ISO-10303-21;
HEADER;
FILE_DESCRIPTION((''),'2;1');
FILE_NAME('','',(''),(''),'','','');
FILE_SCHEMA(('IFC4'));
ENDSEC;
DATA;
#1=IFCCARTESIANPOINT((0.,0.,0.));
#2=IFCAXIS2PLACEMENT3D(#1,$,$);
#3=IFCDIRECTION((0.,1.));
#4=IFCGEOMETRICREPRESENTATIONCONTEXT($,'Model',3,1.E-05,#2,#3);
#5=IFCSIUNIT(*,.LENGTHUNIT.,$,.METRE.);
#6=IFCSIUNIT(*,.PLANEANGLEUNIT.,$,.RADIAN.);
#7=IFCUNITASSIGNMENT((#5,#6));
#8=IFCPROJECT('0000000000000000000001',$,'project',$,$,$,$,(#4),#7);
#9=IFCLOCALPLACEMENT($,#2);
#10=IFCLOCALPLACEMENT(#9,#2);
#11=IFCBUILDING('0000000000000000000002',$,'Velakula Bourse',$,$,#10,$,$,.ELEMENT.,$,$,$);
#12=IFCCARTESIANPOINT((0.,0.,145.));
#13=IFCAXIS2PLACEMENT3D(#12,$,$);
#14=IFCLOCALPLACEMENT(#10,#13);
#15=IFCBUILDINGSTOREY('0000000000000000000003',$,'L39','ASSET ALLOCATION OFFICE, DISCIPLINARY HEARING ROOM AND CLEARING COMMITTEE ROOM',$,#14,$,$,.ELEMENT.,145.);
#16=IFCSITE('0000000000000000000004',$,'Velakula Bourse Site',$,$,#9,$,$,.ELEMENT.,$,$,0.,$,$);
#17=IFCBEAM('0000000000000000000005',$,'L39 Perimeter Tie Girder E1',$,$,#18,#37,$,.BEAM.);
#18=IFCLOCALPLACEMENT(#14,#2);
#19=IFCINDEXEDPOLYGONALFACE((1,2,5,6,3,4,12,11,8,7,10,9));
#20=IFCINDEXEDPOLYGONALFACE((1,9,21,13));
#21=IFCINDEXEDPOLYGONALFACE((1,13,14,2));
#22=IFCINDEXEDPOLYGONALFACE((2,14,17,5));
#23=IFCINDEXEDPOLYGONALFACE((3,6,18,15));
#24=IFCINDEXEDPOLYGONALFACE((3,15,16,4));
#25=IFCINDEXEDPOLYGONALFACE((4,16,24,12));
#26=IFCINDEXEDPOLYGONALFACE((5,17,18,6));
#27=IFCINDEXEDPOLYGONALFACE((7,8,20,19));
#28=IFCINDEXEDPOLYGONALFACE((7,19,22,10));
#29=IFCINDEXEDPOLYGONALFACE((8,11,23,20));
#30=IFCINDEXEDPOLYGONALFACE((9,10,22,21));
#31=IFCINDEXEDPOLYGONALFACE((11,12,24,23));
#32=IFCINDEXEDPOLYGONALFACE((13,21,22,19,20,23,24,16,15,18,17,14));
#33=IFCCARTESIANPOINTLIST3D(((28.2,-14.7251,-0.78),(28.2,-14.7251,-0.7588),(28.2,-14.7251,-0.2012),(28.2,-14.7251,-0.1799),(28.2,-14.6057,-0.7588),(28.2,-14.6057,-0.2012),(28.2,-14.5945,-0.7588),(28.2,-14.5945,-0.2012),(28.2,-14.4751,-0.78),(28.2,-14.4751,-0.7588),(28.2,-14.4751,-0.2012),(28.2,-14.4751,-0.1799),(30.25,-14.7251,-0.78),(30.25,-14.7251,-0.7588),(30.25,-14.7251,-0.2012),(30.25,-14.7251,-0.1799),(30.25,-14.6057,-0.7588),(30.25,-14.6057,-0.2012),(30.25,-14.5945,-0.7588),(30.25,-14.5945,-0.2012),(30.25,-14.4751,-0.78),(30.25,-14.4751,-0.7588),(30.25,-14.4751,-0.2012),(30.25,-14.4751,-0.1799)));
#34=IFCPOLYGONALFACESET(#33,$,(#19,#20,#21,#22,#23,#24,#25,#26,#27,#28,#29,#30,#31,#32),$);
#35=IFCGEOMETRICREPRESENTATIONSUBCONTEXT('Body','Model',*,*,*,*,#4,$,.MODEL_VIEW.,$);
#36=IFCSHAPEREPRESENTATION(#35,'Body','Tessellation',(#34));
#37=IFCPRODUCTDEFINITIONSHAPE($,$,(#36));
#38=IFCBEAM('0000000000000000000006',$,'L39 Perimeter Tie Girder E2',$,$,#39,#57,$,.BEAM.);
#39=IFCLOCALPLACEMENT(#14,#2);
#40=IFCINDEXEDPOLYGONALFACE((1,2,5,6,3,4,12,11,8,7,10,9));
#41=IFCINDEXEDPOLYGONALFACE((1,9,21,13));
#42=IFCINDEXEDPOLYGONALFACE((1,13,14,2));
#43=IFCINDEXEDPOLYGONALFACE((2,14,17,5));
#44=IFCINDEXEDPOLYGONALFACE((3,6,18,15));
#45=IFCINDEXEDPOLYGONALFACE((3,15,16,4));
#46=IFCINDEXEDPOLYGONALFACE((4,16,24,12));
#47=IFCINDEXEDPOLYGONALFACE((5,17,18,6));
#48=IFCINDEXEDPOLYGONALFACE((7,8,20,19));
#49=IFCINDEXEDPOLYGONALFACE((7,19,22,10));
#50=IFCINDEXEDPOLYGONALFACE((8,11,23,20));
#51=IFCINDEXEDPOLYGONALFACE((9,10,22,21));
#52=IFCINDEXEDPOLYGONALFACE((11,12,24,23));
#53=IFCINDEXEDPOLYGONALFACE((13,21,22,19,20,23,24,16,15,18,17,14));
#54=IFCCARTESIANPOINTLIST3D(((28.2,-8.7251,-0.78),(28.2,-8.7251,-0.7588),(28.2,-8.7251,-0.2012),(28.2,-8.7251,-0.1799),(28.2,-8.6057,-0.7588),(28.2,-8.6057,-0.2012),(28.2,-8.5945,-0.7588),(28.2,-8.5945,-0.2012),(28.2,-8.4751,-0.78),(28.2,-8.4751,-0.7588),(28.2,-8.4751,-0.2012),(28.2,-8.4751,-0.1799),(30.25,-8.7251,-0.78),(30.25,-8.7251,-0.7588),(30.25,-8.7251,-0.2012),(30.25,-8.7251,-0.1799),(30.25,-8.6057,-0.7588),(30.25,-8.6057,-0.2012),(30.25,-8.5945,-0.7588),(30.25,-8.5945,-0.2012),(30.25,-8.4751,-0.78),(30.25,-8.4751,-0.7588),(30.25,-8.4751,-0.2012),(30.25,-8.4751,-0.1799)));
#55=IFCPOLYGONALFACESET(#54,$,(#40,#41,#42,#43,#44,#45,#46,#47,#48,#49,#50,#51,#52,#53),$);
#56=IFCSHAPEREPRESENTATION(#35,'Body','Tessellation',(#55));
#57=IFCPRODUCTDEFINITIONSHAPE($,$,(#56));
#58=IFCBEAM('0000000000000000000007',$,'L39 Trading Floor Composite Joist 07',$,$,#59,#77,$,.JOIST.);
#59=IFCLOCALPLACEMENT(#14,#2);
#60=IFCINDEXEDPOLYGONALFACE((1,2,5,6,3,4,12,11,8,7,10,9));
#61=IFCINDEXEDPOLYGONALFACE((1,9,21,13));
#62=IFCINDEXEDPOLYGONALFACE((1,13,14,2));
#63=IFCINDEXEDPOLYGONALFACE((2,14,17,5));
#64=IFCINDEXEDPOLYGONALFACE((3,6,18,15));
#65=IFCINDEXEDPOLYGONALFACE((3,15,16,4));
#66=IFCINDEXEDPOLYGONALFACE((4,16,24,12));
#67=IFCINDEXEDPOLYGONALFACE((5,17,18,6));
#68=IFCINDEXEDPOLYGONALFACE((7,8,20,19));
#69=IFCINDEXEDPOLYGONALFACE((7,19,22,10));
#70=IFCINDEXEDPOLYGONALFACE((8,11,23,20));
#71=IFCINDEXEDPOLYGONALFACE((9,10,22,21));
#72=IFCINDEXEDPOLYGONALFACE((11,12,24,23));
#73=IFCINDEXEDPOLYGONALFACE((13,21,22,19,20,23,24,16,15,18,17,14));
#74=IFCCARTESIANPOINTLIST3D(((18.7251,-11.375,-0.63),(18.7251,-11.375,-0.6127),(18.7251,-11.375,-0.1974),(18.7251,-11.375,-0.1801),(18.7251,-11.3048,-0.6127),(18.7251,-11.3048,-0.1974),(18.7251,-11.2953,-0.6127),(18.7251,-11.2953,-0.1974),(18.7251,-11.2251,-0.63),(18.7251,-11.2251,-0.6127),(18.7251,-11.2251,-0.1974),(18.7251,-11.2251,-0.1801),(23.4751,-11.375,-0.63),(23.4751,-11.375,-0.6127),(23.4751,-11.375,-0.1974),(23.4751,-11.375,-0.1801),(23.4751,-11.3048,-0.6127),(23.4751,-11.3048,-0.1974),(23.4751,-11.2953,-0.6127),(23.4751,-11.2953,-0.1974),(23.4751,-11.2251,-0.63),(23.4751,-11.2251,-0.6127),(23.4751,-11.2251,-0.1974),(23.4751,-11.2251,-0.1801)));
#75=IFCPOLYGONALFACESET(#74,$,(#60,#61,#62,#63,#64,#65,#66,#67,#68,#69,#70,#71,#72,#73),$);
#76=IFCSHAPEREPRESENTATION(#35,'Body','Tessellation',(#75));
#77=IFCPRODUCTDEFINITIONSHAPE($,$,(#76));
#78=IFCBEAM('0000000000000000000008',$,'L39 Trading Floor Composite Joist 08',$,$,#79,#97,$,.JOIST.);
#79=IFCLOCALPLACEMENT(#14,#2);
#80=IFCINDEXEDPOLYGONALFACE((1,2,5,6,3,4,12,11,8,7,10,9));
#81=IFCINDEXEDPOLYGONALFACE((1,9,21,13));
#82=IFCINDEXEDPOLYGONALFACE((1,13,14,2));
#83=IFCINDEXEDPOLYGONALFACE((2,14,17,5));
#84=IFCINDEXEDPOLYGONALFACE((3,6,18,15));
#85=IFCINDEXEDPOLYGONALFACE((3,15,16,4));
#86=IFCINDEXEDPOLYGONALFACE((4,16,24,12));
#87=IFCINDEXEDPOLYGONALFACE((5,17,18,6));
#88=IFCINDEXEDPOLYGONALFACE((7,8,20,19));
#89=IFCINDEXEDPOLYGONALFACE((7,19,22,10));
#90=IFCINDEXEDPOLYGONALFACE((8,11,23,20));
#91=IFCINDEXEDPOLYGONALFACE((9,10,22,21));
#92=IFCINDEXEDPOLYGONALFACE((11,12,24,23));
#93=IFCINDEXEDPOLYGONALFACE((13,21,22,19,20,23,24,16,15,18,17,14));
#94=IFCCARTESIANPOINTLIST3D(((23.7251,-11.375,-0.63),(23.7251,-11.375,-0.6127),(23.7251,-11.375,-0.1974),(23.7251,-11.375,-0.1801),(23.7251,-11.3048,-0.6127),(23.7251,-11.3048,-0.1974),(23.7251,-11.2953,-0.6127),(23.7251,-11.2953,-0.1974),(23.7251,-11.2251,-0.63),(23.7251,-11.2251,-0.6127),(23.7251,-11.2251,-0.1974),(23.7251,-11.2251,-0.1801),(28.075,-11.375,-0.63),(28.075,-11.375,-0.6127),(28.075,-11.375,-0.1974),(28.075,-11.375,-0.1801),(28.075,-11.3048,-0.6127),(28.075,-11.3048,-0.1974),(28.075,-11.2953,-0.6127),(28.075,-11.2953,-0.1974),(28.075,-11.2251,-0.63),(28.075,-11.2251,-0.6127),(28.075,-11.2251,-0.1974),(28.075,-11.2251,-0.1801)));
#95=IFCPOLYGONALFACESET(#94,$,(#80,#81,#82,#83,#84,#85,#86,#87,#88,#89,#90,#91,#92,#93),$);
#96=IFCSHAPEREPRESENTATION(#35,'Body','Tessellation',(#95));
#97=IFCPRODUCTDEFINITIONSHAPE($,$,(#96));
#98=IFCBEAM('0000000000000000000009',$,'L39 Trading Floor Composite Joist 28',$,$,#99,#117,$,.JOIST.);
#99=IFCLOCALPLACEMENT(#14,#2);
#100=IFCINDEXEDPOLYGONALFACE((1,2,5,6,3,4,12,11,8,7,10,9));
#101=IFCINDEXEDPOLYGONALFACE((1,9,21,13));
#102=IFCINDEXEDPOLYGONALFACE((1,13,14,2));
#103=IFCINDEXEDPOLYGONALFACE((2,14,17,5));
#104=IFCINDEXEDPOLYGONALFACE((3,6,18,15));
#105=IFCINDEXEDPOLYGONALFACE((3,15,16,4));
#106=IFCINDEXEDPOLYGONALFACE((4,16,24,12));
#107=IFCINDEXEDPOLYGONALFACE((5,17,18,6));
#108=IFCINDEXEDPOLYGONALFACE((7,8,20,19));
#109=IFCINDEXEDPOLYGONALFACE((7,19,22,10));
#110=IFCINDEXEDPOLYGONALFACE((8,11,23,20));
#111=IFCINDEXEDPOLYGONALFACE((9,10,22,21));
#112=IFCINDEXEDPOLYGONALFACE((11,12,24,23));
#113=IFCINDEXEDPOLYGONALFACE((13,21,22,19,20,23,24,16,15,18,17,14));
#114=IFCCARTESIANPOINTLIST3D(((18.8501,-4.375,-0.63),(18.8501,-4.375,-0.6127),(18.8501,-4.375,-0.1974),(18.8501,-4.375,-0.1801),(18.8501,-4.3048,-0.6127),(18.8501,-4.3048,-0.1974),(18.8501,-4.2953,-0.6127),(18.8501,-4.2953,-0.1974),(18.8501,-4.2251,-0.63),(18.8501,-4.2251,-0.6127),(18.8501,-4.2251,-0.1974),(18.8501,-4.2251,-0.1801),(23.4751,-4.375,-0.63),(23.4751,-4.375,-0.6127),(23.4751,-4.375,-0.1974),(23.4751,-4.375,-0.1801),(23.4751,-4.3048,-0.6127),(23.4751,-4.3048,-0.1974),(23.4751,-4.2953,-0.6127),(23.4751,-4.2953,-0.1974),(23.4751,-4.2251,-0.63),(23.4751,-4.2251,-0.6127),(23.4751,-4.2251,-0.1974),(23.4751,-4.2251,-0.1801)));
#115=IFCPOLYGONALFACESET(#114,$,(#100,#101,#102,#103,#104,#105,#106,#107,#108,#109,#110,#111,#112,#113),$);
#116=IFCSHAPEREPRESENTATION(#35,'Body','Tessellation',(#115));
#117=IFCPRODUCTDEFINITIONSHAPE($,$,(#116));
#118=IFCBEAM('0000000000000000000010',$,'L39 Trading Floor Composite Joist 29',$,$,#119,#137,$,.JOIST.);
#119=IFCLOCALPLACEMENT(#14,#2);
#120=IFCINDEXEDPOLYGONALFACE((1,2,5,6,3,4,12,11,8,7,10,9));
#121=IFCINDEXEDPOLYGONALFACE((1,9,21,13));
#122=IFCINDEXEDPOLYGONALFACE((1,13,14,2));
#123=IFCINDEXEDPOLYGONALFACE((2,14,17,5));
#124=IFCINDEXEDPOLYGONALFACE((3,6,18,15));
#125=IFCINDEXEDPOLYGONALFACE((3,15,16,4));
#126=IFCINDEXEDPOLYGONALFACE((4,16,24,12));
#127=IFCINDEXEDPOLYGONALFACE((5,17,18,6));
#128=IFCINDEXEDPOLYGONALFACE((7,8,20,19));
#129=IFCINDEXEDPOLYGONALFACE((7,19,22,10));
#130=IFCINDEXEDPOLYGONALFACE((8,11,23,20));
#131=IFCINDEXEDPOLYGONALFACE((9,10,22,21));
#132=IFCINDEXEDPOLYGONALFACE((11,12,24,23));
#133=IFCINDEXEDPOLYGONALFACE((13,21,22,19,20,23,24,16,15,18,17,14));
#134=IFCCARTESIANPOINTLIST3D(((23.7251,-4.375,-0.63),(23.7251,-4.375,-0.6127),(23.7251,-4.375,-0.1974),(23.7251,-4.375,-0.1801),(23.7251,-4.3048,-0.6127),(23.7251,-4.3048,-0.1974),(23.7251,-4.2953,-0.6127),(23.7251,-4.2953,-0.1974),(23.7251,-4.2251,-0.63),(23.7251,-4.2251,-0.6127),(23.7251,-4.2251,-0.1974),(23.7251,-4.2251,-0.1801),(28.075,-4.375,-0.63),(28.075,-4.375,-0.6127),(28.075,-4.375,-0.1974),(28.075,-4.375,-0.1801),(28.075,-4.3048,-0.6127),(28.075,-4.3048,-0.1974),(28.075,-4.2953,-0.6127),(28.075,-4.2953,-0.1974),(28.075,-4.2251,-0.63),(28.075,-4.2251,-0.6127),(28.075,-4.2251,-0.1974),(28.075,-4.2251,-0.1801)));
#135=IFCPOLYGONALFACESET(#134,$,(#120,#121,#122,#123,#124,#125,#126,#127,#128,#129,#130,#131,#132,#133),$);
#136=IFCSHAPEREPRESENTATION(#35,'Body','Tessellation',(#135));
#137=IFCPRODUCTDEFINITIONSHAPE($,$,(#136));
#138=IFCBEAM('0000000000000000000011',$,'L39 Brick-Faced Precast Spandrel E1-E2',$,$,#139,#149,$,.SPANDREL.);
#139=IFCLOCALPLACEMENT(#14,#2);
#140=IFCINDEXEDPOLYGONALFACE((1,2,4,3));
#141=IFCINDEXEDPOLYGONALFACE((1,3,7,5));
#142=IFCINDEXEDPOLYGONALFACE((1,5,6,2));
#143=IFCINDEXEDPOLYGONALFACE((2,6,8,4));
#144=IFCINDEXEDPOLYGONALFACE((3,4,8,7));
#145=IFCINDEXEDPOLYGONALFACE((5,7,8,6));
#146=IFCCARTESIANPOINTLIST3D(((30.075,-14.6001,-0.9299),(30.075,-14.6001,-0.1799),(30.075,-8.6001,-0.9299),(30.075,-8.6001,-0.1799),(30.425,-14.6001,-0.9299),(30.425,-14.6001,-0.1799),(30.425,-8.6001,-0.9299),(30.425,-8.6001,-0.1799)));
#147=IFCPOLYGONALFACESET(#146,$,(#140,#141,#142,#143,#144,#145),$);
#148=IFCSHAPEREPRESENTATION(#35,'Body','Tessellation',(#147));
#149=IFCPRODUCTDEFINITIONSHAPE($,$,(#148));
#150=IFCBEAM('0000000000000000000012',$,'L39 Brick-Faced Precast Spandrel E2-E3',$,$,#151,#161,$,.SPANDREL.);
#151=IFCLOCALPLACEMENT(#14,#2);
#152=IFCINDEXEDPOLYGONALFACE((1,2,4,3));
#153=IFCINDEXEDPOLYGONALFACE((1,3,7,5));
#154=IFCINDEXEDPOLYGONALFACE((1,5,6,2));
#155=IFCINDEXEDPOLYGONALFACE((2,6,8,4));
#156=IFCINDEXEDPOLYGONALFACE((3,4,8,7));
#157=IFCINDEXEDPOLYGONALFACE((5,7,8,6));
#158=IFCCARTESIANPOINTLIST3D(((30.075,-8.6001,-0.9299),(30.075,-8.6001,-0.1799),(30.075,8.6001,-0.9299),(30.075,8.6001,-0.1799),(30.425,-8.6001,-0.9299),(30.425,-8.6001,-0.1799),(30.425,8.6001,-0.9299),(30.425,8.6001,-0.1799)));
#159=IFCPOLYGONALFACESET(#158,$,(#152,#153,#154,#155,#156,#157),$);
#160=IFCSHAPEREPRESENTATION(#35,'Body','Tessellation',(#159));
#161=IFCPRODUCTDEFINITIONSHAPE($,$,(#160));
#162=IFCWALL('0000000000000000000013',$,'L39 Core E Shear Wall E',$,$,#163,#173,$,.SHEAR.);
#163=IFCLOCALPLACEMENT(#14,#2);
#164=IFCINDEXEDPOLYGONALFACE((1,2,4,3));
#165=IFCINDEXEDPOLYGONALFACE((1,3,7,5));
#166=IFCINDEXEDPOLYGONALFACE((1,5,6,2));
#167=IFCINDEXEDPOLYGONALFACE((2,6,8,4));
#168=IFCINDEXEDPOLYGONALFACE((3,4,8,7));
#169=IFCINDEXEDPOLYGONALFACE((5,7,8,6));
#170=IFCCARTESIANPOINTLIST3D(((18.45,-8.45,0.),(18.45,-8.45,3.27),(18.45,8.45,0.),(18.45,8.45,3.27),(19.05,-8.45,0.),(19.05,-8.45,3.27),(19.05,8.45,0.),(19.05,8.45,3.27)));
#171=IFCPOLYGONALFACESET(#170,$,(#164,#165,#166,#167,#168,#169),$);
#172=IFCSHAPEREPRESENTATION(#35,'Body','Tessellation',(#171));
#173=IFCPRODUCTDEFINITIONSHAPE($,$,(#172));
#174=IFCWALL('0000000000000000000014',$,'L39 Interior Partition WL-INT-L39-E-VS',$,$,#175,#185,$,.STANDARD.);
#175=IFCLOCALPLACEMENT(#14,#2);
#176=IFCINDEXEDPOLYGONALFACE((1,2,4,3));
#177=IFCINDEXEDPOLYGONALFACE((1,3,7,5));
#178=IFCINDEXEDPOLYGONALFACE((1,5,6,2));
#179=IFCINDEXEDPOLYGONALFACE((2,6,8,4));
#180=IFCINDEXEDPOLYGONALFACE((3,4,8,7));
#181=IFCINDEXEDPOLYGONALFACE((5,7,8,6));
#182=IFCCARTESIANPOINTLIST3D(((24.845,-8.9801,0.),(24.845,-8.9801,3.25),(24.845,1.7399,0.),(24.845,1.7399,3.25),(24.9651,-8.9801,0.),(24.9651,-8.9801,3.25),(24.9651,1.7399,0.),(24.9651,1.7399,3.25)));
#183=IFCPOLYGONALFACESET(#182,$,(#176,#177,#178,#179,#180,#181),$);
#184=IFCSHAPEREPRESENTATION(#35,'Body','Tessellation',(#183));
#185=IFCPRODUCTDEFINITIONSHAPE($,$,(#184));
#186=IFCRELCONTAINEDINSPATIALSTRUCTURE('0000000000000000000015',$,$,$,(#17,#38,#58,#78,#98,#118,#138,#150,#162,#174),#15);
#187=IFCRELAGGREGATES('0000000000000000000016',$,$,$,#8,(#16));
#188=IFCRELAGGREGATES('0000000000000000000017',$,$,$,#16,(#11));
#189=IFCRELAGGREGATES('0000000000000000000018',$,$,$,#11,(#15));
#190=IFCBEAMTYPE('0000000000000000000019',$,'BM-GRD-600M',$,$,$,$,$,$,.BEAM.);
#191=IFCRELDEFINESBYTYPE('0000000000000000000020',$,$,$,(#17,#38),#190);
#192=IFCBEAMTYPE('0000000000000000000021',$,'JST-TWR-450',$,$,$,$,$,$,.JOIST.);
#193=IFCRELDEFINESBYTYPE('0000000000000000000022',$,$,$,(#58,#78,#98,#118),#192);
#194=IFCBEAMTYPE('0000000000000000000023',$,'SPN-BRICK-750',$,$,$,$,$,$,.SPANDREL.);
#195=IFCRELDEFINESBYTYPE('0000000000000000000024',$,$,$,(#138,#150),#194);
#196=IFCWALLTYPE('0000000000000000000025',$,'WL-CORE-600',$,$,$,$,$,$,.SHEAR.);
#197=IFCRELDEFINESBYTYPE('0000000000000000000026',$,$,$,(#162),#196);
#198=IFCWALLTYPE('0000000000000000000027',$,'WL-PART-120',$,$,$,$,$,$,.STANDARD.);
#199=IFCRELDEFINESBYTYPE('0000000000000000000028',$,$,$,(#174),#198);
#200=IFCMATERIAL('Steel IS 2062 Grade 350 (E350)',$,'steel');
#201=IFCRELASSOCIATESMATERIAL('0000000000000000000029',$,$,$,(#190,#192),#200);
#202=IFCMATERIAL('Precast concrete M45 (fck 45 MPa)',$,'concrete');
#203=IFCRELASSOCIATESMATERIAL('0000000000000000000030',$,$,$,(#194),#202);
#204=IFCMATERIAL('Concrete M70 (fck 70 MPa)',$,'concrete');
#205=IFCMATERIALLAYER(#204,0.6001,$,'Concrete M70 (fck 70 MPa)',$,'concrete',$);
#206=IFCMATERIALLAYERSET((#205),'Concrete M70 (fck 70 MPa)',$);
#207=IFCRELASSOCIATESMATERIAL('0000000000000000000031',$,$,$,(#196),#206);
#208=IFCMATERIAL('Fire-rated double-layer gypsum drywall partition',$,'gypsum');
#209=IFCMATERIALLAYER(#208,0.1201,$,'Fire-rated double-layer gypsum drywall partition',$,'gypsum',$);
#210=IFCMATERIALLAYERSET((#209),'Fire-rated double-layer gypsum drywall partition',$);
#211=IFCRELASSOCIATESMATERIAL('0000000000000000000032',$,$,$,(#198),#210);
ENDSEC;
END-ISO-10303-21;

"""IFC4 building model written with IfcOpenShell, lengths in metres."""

from ifc_helpers import new_model, si_unit, direction, frame, frame_2d, origin, origin_2d, place, context, subcontext, project, spatial, rectangle, i_section, extrude, material, layer, layer_set, material_profile, profile_set, type_object, element, save


model = new_model("IFC4")

# Units and contexts
model_context = context("Model", 3, precision=1e-05, world=origin(), true_north=direction((0.0, 1.0)))
body_context = subcontext(model_context, "Body", "Model", "MODEL_VIEW")
ifc_project = project(units=[si_unit("LENGTHUNIT", "METRE"), si_unit("PLANEANGLEUNIT", "RADIAN")], contexts=[model_context])

# Site, building, storey
site_placement = place(None, origin())
site = spatial("IfcSite", under=ifc_project, at=site_placement, Name="Velakula Bourse Site", CompositionType="ELEMENT", RefElevation=0.0)
building_placement = place(site_placement, origin())
building = spatial("IfcBuilding", under=site, at=building_placement, Name="Velakula Bourse", CompositionType="ELEMENT")
storey_placement = place(building_placement, frame((0.0, 0.0, 145.0)))
storey = spatial("IfcBuildingStorey", under=building, at=storey_placement, Name="L39", Description="ASSET ALLOCATION OFFICE, DISCIPLINARY HEARING ROOM AND CLEARING COMMITTEE ROOM", CompositionType="ELEMENT", Elevation=145.0)

# Shared definitions
ifc_material_1 = material(Name="Concrete M70 (fck 70 MPa)", Category="concrete")
ifc_material_2 = material(Name="Steel IS 2062 Grade 350 (E350)", Category="steel")

# Beams
ifc_material_profile_1 = material_profile(ifc_material_2, i_section(OverallWidth=0.25, OverallDepth=0.6001, WebThickness=0.0112, FlangeThickness=0.0212, at=origin_2d()), Name="Steel IS 2062 Grade 350 (E350)")
ifc_profile_set_1 = profile_set([ifc_material_profile_1], Name="Steel IS 2062 Grade 350 (E350)")
beam_type_1 = type_object("IfcBeamType", Name="BM-GRD-600M", PredefinedType="BEAM", material=ifc_profile_set_1)
for number, where, z_axis, x_axis, name in (
    (1, (28.2, -14.6001, -0.48), (1.0, 0.0, 0.0), (0.0, 1.0, 0.0), "L39 Perimeter Tie Girder E1"),
    (2, (28.2, -8.6001, -0.48), (1.0, 0.0, 0.0), (0.0, 1.0, 0.0), "L39 Perimeter Tie Girder E2"),
):
    element("IfcBeam", number, at=place(storey_placement, frame(where, z_axis=z_axis, x_axis=x_axis)), inside=storey, type_object=beam_type_1, Name=name, PredefinedType="BEAM", context=body_context, shape_type="SweptSolid", body=[
        extrude(i_section(OverallWidth=0.25, OverallDepth=0.6001, WebThickness=0.0112, FlangeThickness=0.0212, at=origin_2d()), origin(), (0.0, 0.0, 1.0), 2.05),
    ])
ifc_material_profile_2 = material_profile(ifc_material_2, i_section(OverallWidth=0.1499, OverallDepth=0.45, WebThickness=0.0095, FlangeThickness=0.0173, at=origin_2d()), Name="Steel IS 2062 Grade 350 (E350)")
ifc_profile_set_2 = profile_set([ifc_material_profile_2], Name="Steel IS 2062 Grade 350 (E350)")
beam_type_2 = type_object("IfcBeamType", Name="JST-TWR-450", PredefinedType="JOIST", material=ifc_profile_set_2)
beam_1_placement = place(storey_placement, frame((18.7251, -11.3, -0.405), z_axis=(1.0, 0.0, 0.0), x_axis=(0.0, 1.0, 0.0)))
element("IfcBeam", 3, at=beam_1_placement, inside=storey, type_object=beam_type_2, Name="L39 Trading Floor Composite Joist 07", PredefinedType="JOIST", context=body_context, shape_type="SweptSolid", body=[
    extrude(i_section(OverallWidth=0.1499, OverallDepth=0.45, WebThickness=0.0095, FlangeThickness=0.0173, at=origin_2d()), origin(), (0.0, 0.0, 1.0), 4.75),
])
beam_2_placement = place(storey_placement, frame((23.7251, -11.3, -0.405), z_axis=(1.0, 0.0, 0.0), x_axis=(0.0, 1.0, 0.0)))
element("IfcBeam", 4, at=beam_2_placement, inside=storey, type_object=beam_type_2, Name="L39 Trading Floor Composite Joist 08", PredefinedType="JOIST", context=body_context, shape_type="SweptSolid", body=[
    extrude(i_section(OverallWidth=0.1499, OverallDepth=0.45, WebThickness=0.0095, FlangeThickness=0.0173, at=origin_2d()), origin(), (0.0, 0.0, 1.0), 4.3499),
])
beam_3_placement = place(storey_placement, frame((18.8501, -4.3, -0.405), z_axis=(1.0, 0.0, 0.0), x_axis=(0.0, 1.0, 0.0)))
element("IfcBeam", 5, at=beam_3_placement, inside=storey, type_object=beam_type_2, Name="L39 Trading Floor Composite Joist 28", PredefinedType="JOIST", context=body_context, shape_type="SweptSolid", body=[
    extrude(i_section(OverallWidth=0.1499, OverallDepth=0.45, WebThickness=0.0095, FlangeThickness=0.0173, at=origin_2d()), origin(), (0.0, 0.0, 1.0), 4.625),
])
beam_4_placement = place(storey_placement, frame((23.7251, -4.3, -0.405), z_axis=(1.0, 0.0, 0.0), x_axis=(0.0, 1.0, 0.0)))
element("IfcBeam", 6, at=beam_4_placement, inside=storey, type_object=beam_type_2, Name="L39 Trading Floor Composite Joist 29", PredefinedType="JOIST", context=body_context, shape_type="SweptSolid", body=[
    extrude(i_section(OverallWidth=0.1499, OverallDepth=0.45, WebThickness=0.0095, FlangeThickness=0.0173, at=origin_2d()), origin(), (0.0, 0.0, 1.0), 4.3499),
])
ifc_material_3 = material(Name="Precast concrete M45 (fck 45 MPa)", Category="concrete")
ifc_material_profile_3 = material_profile(ifc_material_3, rectangle(XDim=0.3501, YDim=0.75, at=origin_2d()), Name="Precast concrete M45 (fck 45 MPa)")
ifc_profile_set_3 = profile_set([ifc_material_profile_3], Name="Precast concrete M45 (fck 45 MPa)")
beam_type_3 = type_object("IfcBeamType", Name="SPN-BRICK-750", PredefinedType="SPANDREL", material=ifc_profile_set_3)
beam_5_placement = place(storey_placement, frame((30.25, -14.6001, -0.5549), z_axis=(0.0, 1.0, 0.0), x_axis=(-1.0, 0.0, 0.0)))
element("IfcBeam", 7, at=beam_5_placement, inside=storey, type_object=beam_type_3, Name="L39 Brick-Faced Precast Spandrel E1-E2", PredefinedType="SPANDREL", context=body_context, shape_type="SweptSolid", body=[
    extrude(rectangle(XDim=0.3501, YDim=0.75, at=origin_2d()), origin(), (0.0, 0.0, 1.0), 6.0),
])
beam_6_placement = place(storey_placement, frame((30.25, -8.6001, -0.5549), z_axis=(0.0, 1.0, 0.0), x_axis=(-1.0, 0.0, 0.0)))
element("IfcBeam", 8, at=beam_6_placement, inside=storey, type_object=beam_type_3, Name="L39 Brick-Faced Precast Spandrel E2-E3", PredefinedType="SPANDREL", context=body_context, shape_type="SweptSolid", body=[
    extrude(rectangle(XDim=0.3501, YDim=0.75, at=origin_2d()), origin(), (0.0, 0.0, 1.0), 17.2002),
])

# Walls
ifc_layer_1 = layer(ifc_material_1, 0.6001, Name="Concrete M70 (fck 70 MPa)", Category="concrete")
ifc_layer_set_1 = layer_set([ifc_layer_1], Name="Concrete M70 (fck 70 MPa)")
wall_type_1 = type_object("IfcWallType", Name="WL-CORE-600", PredefinedType="SHEAR", material=ifc_layer_set_1)
wall_1_placement = place(storey_placement, frame((18.75, -8.45, 0.0), z_axis=(0.0, 0.0, 1.0), x_axis=(0.0, 1.0, 0.0)))
element("IfcWall", 9, at=wall_1_placement, inside=storey, type_object=wall_type_1, Name="L39 Core E Shear Wall E", PredefinedType="SHEAR", context=body_context, shape_type="SweptSolid", body=[
    extrude(rectangle(XDim=16.8999, YDim=0.6001, at=frame_2d((8.45, 0.0))), origin(), (0.0, 0.0, 1.0), 3.27),
])
ifc_material_4 = material(Name="Fire-rated double-layer gypsum drywall partition", Category="gypsum")
ifc_layer_2 = layer(ifc_material_4, 0.1201, Name="Fire-rated double-layer gypsum drywall partition", Category="gypsum")
ifc_layer_set_2 = layer_set([ifc_layer_2], Name="Fire-rated double-layer gypsum drywall partition")
wall_type_2 = type_object("IfcWallType", Name="WL-PART-120", PredefinedType="STANDARD", material=ifc_layer_set_2)
wall_2_placement = place(storey_placement, frame((24.905, -8.98, 0.0), z_axis=(0.0, 0.0, 1.0), x_axis=(0.0, 1.0, 0.0)))
element("IfcWall", 10, at=wall_2_placement, inside=storey, type_object=wall_type_2, Name="L39 Interior Partition WL-INT-L39-E-VS", PredefinedType="STANDARD", context=body_context, shape_type="SweptSolid", body=[
    extrude(rectangle(XDim=10.72, YDim=0.1201, at=frame_2d((5.3599, 0.0))), origin(), (0.0, 0.0, 1.0), 3.25),
])

save(model, "model.ifc")
